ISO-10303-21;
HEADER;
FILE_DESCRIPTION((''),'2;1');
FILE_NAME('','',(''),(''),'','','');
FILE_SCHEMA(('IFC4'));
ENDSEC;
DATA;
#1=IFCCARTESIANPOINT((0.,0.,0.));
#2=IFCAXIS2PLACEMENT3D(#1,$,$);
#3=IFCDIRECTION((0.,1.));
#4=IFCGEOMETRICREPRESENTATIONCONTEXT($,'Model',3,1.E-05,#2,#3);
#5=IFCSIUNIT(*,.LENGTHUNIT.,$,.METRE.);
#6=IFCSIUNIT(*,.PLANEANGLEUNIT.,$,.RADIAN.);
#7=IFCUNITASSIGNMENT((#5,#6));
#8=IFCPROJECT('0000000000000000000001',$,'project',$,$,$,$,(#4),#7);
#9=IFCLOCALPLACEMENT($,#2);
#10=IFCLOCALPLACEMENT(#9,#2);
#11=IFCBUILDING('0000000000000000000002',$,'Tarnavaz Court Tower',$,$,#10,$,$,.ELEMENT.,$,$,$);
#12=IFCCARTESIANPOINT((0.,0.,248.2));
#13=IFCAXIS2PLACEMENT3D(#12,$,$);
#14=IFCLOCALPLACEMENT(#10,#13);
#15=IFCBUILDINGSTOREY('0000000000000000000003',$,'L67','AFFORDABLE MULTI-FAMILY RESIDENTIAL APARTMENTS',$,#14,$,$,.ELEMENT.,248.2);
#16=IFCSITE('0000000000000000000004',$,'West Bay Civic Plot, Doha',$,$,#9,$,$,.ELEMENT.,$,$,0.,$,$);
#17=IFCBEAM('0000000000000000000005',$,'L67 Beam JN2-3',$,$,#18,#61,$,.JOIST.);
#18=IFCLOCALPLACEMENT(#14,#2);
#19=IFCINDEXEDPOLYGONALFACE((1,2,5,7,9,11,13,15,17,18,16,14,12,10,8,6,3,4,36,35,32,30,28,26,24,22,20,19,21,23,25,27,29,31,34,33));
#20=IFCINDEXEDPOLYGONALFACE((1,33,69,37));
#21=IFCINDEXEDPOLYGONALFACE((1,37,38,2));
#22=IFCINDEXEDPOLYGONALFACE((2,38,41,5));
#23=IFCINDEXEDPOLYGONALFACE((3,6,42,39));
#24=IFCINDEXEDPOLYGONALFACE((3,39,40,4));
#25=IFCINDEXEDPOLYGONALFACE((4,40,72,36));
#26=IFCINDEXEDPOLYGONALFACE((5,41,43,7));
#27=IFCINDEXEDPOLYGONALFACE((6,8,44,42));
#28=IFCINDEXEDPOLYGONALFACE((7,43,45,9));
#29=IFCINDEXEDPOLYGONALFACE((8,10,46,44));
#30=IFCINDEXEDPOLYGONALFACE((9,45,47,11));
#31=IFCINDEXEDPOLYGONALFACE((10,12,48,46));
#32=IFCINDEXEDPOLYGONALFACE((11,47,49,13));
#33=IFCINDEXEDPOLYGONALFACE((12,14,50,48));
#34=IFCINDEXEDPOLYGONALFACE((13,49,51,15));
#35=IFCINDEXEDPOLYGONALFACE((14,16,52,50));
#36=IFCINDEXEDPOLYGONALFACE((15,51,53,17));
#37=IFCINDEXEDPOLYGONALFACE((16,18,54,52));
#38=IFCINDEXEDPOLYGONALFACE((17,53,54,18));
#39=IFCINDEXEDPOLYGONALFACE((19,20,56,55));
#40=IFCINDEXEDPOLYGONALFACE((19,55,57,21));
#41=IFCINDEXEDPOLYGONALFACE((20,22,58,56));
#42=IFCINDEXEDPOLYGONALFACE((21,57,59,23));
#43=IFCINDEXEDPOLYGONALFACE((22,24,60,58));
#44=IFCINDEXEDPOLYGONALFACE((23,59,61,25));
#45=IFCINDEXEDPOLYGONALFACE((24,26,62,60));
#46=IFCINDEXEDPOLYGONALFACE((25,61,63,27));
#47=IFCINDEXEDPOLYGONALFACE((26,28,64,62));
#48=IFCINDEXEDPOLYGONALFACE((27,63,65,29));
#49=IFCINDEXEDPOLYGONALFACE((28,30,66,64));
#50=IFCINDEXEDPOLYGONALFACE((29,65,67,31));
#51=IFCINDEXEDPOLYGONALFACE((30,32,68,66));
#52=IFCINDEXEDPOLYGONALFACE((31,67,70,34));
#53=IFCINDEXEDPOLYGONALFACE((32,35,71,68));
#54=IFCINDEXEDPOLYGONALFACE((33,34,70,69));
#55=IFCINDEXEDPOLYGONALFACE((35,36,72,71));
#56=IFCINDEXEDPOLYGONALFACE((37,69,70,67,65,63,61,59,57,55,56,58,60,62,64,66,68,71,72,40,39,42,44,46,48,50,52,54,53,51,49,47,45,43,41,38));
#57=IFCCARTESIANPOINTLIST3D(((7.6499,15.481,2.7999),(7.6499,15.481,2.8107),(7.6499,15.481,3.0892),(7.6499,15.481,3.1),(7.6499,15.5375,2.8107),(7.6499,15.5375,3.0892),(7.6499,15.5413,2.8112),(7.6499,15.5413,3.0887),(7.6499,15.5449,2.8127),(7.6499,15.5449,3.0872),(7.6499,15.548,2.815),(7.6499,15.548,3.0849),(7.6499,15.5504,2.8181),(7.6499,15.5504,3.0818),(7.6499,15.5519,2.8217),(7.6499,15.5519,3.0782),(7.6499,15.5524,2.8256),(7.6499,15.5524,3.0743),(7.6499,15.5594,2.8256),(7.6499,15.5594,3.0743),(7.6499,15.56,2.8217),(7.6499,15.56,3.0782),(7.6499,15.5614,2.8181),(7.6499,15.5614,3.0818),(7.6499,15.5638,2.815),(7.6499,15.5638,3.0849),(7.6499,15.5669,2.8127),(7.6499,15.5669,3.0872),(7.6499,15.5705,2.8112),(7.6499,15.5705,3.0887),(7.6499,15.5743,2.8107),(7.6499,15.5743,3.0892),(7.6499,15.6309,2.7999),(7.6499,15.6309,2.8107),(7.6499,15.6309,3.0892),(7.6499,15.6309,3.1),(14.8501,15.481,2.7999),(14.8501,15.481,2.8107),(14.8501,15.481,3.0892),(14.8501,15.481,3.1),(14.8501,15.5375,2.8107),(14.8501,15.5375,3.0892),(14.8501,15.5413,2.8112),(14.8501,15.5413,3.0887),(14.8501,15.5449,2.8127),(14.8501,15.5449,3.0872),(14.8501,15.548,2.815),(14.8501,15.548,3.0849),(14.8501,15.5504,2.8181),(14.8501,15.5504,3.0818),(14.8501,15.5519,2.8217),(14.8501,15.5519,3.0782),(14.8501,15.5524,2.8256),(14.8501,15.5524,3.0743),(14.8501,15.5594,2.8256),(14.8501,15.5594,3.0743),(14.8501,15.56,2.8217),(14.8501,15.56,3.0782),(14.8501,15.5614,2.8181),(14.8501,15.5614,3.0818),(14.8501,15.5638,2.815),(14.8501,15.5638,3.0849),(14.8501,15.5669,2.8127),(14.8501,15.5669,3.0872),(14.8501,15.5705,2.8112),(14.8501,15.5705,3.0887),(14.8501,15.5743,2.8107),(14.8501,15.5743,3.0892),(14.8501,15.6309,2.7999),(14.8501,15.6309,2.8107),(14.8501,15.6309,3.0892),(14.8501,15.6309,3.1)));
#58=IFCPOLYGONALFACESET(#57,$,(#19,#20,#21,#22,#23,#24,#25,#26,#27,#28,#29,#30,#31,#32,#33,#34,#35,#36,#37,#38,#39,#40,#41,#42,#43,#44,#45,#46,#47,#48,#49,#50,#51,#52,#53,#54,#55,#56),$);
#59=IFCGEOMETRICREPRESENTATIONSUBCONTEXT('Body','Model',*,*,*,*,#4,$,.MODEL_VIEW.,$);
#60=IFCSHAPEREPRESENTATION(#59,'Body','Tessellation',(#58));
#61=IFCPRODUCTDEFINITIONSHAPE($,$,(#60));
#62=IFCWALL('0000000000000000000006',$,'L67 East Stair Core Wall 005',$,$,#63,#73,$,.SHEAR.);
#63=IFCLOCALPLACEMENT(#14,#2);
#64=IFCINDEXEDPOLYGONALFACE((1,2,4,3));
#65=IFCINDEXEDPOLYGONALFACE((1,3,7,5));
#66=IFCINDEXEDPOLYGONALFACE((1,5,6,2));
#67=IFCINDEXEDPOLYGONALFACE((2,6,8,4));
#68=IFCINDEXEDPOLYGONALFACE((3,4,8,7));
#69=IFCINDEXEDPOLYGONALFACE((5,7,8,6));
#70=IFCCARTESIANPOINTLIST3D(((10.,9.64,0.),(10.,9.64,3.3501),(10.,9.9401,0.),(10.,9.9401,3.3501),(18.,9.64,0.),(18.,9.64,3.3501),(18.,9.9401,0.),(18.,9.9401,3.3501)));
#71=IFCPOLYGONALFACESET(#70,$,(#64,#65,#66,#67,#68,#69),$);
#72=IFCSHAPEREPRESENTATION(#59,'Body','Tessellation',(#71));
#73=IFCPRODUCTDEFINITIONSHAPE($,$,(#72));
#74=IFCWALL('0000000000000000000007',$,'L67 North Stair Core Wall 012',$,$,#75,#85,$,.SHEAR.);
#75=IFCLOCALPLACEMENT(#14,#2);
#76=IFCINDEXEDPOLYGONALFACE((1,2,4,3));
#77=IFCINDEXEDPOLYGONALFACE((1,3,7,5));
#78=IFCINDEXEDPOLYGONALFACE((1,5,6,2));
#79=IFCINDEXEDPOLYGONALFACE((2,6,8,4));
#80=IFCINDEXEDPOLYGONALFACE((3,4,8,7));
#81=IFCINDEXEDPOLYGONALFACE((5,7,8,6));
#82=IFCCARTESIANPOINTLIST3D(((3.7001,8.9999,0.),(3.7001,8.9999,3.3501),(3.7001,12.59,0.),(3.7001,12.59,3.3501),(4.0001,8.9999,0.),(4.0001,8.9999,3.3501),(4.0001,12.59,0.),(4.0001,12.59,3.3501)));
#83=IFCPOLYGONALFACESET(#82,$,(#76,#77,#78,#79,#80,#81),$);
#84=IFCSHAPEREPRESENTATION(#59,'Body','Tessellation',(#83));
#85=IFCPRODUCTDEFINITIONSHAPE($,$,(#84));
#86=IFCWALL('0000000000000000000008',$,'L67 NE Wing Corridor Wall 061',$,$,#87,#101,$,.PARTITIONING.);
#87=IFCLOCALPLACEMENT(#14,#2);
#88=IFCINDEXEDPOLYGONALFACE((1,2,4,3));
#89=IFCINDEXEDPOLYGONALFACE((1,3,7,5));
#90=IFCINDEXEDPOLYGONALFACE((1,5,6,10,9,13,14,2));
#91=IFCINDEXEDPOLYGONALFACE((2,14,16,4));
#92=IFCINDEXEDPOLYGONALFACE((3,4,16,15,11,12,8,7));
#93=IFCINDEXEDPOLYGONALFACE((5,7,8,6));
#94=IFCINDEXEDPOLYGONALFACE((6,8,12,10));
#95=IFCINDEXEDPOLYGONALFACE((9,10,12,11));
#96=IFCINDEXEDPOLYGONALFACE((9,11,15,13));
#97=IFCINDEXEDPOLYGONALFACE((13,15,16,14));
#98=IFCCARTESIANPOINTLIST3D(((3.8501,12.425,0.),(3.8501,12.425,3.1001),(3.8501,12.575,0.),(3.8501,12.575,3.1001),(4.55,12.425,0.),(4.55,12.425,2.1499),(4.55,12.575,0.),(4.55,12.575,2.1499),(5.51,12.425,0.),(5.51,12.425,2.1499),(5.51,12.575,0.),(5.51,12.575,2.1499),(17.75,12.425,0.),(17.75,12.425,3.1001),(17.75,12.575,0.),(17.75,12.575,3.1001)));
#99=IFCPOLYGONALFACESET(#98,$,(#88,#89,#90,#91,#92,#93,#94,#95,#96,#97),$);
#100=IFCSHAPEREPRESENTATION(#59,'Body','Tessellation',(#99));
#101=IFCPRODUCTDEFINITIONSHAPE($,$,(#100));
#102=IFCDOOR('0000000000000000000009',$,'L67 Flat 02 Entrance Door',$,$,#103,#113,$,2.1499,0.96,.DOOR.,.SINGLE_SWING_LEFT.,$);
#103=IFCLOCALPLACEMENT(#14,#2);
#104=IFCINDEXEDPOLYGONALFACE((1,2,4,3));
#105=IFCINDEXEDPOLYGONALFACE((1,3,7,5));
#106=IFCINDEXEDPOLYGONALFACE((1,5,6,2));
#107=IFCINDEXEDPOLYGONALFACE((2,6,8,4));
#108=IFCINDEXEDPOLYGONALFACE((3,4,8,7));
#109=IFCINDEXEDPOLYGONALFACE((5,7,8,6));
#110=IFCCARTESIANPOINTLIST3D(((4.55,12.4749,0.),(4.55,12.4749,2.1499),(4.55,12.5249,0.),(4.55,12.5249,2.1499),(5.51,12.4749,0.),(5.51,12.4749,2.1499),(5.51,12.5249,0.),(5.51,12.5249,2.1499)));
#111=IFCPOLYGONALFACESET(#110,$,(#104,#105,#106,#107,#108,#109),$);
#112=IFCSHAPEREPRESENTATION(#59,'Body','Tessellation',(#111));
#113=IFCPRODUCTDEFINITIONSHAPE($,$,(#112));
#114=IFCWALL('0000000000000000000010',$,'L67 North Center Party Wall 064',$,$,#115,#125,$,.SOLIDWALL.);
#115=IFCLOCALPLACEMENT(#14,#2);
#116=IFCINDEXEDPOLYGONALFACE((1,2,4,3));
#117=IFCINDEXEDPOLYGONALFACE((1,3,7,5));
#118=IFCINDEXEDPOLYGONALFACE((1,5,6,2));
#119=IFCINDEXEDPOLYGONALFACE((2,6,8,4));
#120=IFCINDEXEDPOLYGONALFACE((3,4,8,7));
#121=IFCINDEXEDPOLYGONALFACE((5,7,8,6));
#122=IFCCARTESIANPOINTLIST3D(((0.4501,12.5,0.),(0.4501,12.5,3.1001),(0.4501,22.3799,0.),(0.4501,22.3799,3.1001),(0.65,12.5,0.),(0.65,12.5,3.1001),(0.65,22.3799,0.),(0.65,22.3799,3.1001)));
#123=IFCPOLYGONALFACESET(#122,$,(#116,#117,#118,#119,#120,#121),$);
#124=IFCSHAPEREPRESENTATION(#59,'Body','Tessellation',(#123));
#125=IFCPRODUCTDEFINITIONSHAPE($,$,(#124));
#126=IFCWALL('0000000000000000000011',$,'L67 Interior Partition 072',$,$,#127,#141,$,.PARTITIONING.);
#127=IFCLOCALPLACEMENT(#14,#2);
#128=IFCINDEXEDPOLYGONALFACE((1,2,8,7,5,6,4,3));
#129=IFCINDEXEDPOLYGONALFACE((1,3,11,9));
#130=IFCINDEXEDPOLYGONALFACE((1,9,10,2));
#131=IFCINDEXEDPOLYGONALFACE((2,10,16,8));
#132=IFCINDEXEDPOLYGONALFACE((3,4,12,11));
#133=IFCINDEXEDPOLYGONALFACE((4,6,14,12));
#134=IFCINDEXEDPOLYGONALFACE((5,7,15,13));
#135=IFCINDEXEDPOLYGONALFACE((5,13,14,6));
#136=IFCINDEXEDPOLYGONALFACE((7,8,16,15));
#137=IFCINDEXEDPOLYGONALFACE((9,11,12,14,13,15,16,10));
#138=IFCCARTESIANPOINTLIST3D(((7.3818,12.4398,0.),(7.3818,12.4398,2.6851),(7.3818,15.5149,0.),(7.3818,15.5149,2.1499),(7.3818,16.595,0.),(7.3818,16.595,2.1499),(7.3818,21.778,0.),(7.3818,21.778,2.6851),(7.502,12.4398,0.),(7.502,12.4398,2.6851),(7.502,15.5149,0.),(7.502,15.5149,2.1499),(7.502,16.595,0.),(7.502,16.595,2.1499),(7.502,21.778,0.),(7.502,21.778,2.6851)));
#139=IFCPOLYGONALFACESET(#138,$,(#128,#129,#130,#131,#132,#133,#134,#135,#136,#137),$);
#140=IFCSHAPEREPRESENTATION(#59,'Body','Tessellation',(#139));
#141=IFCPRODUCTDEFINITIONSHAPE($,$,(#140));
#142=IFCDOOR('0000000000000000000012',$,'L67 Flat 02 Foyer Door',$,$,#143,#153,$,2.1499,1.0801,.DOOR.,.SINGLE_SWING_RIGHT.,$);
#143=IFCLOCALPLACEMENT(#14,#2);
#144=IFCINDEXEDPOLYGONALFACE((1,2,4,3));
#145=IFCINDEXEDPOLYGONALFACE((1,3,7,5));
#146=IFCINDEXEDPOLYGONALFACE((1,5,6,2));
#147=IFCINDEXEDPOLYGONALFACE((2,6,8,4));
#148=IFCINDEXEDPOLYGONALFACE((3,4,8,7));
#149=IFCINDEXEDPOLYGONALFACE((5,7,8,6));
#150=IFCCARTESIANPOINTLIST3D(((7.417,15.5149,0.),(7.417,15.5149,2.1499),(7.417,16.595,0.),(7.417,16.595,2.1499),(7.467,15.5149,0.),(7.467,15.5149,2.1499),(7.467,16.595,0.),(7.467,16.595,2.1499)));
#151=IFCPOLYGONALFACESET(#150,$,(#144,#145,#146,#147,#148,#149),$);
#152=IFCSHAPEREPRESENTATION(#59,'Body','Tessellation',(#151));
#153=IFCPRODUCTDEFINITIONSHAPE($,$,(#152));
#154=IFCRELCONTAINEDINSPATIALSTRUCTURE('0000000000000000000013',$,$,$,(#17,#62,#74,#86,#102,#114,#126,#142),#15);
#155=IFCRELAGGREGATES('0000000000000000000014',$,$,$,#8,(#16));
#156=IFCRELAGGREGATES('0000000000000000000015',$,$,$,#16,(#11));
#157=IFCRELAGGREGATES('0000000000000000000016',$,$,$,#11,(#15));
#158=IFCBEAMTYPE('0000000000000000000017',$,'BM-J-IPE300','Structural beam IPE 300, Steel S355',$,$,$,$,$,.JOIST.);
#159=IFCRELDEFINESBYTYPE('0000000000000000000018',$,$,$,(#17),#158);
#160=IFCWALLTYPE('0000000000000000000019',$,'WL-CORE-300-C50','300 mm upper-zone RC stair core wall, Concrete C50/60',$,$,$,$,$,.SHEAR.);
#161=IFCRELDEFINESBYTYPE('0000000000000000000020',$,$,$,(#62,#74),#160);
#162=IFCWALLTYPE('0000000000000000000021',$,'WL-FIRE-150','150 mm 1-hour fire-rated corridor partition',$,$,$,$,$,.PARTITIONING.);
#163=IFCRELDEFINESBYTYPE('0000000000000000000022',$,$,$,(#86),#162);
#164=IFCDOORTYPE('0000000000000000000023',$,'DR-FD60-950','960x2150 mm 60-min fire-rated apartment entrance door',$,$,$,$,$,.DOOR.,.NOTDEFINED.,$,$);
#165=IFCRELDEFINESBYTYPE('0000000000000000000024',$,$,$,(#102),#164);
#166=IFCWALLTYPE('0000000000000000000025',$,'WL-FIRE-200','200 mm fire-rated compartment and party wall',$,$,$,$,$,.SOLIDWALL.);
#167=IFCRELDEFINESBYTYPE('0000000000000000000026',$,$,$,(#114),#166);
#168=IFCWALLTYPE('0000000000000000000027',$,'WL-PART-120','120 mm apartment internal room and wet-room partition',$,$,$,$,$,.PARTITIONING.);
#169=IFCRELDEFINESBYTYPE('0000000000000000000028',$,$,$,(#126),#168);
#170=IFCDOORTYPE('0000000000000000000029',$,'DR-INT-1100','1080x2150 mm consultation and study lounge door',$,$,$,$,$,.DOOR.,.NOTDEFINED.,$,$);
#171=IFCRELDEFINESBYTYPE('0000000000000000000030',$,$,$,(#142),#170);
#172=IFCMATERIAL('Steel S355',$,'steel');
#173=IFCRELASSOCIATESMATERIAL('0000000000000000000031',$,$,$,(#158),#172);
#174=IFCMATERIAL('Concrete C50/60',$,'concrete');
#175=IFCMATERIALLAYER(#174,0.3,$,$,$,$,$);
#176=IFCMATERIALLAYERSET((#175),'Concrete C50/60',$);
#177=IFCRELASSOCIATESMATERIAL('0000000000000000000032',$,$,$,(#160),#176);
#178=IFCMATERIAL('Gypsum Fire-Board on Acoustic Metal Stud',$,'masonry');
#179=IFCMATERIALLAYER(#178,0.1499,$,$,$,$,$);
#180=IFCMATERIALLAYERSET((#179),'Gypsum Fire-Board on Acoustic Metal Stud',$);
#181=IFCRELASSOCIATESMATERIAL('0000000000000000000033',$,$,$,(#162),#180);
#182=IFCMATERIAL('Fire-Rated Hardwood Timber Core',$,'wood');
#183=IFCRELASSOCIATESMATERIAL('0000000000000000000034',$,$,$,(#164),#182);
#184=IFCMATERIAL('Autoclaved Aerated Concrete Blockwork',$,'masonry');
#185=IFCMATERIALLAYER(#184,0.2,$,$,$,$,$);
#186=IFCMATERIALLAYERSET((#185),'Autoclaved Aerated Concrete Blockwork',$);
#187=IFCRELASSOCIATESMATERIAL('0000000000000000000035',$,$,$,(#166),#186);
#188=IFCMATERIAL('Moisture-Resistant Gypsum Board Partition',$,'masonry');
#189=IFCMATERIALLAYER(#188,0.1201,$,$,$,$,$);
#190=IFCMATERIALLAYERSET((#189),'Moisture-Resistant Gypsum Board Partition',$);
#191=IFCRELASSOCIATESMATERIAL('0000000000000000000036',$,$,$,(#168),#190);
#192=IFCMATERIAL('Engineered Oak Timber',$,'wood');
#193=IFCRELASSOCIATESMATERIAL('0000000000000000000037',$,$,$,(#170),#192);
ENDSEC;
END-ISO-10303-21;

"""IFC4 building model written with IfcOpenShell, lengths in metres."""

from ifc_helpers import new_model, si_unit, direction, frame, frame_2d, origin, origin_2d, place, context, subcontext, project, spatial, rectangle, i_section, extrude, material, layer, layer_set, material_profile, profile_set, type_object, element, fill, save


model = new_model("IFC4")

# Units and contexts
model_context = context("Model", 3, precision=1e-05, world=origin(), true_north=direction((0.0, 1.0)))
body_context = subcontext(model_context, "Body", "Model", "MODEL_VIEW")
ifc_project = project(units=[si_unit("LENGTHUNIT", "METRE"), si_unit("PLANEANGLEUNIT", "RADIAN")], contexts=[model_context])

# Site, building, storey
site_placement = place(None, origin())
site = spatial("IfcSite", under=ifc_project, at=site_placement, Name="West Bay Civic Plot, Doha", CompositionType="ELEMENT", RefElevation=0.0)
building_placement = place(site_placement, origin())
building = spatial("IfcBuilding", under=site, at=building_placement, Name="Tarnavaz Court Tower", CompositionType="ELEMENT")
storey_placement = place(building_placement, frame((0.0, 0.0, 248.2)))
storey = spatial("IfcBuildingStorey", under=building, at=storey_placement, Name="L67", Description="AFFORDABLE MULTI-FAMILY RESIDENTIAL APARTMENTS", CompositionType="ELEMENT", Elevation=248.2)

# Shared definitions
ifc_material_1 = material(Name="Concrete C50/60", Category="concrete")

# Beam
ifc_material_2 = material(Name="Steel S355", Category="steel")
ifc_material_profile_1 = material_profile(ifc_material_2, i_section(OverallWidth=0.1499, OverallDepth=0.3, WebThickness=0.0071, FlangeThickness=0.0107, FilletRadius=0.0149, at=origin_2d()), Name="IPE 300")
ifc_profile_set_1 = profile_set([ifc_material_profile_1], Name="Steel S355")
beam_type_1 = type_object("IfcBeamType", Name="BM-J-IPE300", Description="Structural beam IPE 300, Steel S355", PredefinedType="JOIST", material=ifc_profile_set_1)
for number, where, z_axis, x_axis, name in (
    (1, (7.6499, 15.5559, 2.95), (1.0, 0.0, 0.0), (0.0, 1.0, 0.0), "L67 Beam JN2-3"),
):
    element("IfcBeam", number, at=place(storey_placement, frame(where, z_axis=z_axis, x_axis=x_axis)), inside=storey, type_object=beam_type_1, Name=name, PredefinedType="JOIST", context=body_context, shape_type="SweptSolid", body=[
        extrude(i_section(OverallWidth=0.1499, OverallDepth=0.3, WebThickness=0.0071, FlangeThickness=0.0107, FilletRadius=0.0149, at=origin_2d()), origin(), (0.0, 0.0, 1.0), 7.2002),
    ])

# Wall
ifc_layer_1 = layer(ifc_material_1, 0.3)
ifc_layer_set_1 = layer_set([ifc_layer_1], Name="Concrete C50/60")
wall_type_1 = type_object("IfcWallType", Name="WL-CORE-300-C50", Description="300 mm upper-zone RC stair core wall, Concrete C50/60", PredefinedType="SHEAR", material=ifc_layer_set_1)
wall_1_placement = place(storey_placement, frame((10.0, 9.79, 0.0), z_axis=(0.0, 0.0, 1.0), x_axis=(1.0, 0.0, 0.0)))
element("IfcWall", 2, at=wall_1_placement, inside=storey, type_object=wall_type_1, Name="L67 East Stair Core Wall 005", PredefinedType="SHEAR", context=body_context, shape_type="SweptSolid", body=[
    extrude(rectangle(XDim=8.0, YDim=0.3, at=frame_2d((4.0, 0.0))), origin(), (0.0, 0.0, 1.0), 3.3501),
])

# Shared definitions
ifc_material_3 = material(Name="Fire-Rated Hardwood Timber Core", Category="wood")

# Wall
wall_2_placement = place(storey_placement, frame((3.8501, 9.0, 0.0), z_axis=(0.0, 0.0, 1.0), x_axis=(0.0, 1.0, 0.0)))
element("IfcWall", 3, at=wall_2_placement, inside=storey, type_object=wall_type_1, Name="L67 North Stair Core Wall 012", PredefinedType="SHEAR", context=body_context, shape_type="SweptSolid", body=[
    extrude(rectangle(XDim=3.5901, YDim=0.3, at=frame_2d((1.7949, 0.0))), origin(), (0.0, 0.0, 1.0), 3.3501),
])

# Wall, opening, door
ifc_material_4 = material(Name="Gypsum Fire-Board on Acoustic Metal Stud", Category="masonry")
ifc_layer_2 = layer(ifc_material_4, 0.1499)
ifc_layer_set_2 = layer_set([ifc_layer_2], Name="Gypsum Fire-Board on Acoustic Metal Stud")
wall_type_2 = type_object("IfcWallType", Name="WL-FIRE-150", Description="150 mm 1-hour fire-rated corridor partition", PredefinedType="PARTITIONING", material=ifc_layer_set_2)
wall_3_placement = place(storey_placement, frame((3.8501, 12.5, 0.0), z_axis=(0.0, 0.0, 1.0), x_axis=(1.0, 0.0, 0.0)))
wall_3 = element("IfcWall", 4, at=wall_3_placement, inside=storey, type_object=wall_type_2, Name="L67 NE Wing Corridor Wall 061", PredefinedType="PARTITIONING", context=body_context, shape_type="SweptSolid", body=[
    extrude(rectangle(XDim=13.8999, YDim=0.1499, at=frame_2d((6.95, 0.0))), origin(), (0.0, 0.0, 1.0), 3.1001),
])
opening_1_placement = place(wall_3_placement, frame((0.7, 0.0, 0.0)))
opening_1 = element("IfcOpeningElement", 5, at=opening_1_placement, cuts=wall_3, PredefinedType="OPENING", context=body_context, shape_type="SweptSolid", body=[
    extrude(rectangle(XDim=0.96, YDim=2.1499, at=frame_2d((0.48, 1.075))), frame((0.0, 0.085, 0.0), z_axis=(0.0, -1.0, 0.0), x_axis=(1.0, 0.0, 0.0)), (0.0, 0.0, 1.0), 0.1699),
])
door_type_1 = type_object("IfcDoorType", Name="DR-FD60-950", Description="960x2150 mm 60-min fire-rated apartment entrance door", OperationType="NOTDEFINED", PredefinedType="DOOR", material=ifc_material_3)
door_1_placement = place(opening_1_placement, origin())
door_1 = element("IfcDoor", 6, at=door_1_placement, inside=storey, type_object=door_type_1, Name="L67 Flat 02 Entrance Door", OperationType="SINGLE_SWING_LEFT", OverallHeight=2.1499, OverallWidth=0.96, PredefinedType="DOOR", context=body_context, shape_type="SweptSolid", body=[
    extrude(rectangle(XDim=0.96, YDim=2.1499, at=frame_2d((0.48, 1.075))), frame((0.0, 0.0249, 0.0), z_axis=(0.0, -1.0, 0.0), x_axis=(1.0, 0.0, 0.0)), (0.0, 0.0, 1.0), 0.05),
])
fill(opening_1, door_1)

# Wall
ifc_material_5 = material(Name="Autoclaved Aerated Concrete Blockwork", Category="masonry")
ifc_layer_3 = layer(ifc_material_5, 0.2)
ifc_layer_set_3 = layer_set([ifc_layer_3], Name="Autoclaved Aerated Concrete Blockwork")
wall_type_3 = type_object("IfcWallType", Name="WL-FIRE-200", Description="200 mm fire-rated compartment and party wall", PredefinedType="SOLIDWALL", material=ifc_layer_set_3)
wall_4_placement = place(storey_placement, frame((0.55, 12.5, 0.0), z_axis=(0.0, 0.0, 1.0), x_axis=(0.0, 1.0, 0.0)))
element("IfcWall", 7, at=wall_4_placement, inside=storey, type_object=wall_type_3, Name="L67 North Center Party Wall 064", PredefinedType="SOLIDWALL", context=body_context, shape_type="SweptSolid", body=[
    extrude(rectangle(XDim=9.8799, YDim=0.2, at=frame_2d((4.9399, 0.0))), origin(), (0.0, 0.0, 1.0), 3.1001),
])

# Wall, opening, door
ifc_material_6 = material(Name="Moisture-Resistant Gypsum Board Partition", Category="masonry")
ifc_layer_4 = layer(ifc_material_6, 0.1201)
ifc_layer_set_4 = layer_set([ifc_layer_4], Name="Moisture-Resistant Gypsum Board Partition")
wall_type_4 = type_object("IfcWallType", Name="WL-PART-120", Description="120 mm apartment internal room and wet-room partition", PredefinedType="PARTITIONING", material=ifc_layer_set_4)
wall_5_placement = place(storey_placement, frame((7.4419, 12.4399, 0.0), z_axis=(0.0, 0.0, 1.0), x_axis=(0.0, 1.0, 0.0)))
wall_5 = element("IfcWall", 8, at=wall_5_placement, inside=storey, type_object=wall_type_4, Name="L67 Interior Partition 072", PredefinedType="PARTITIONING", context=body_context, shape_type="SweptSolid", body=[
    extrude(rectangle(XDim=9.3381, YDim=0.1201, at=frame_2d((4.6689, 0.0))), origin(), (0.0, 0.0, 1.0), 2.6851),
])
opening_2_placement = place(wall_5_placement, frame((3.075, 0.0, 0.0)))
opening_2 = element("IfcOpeningElement", 9, at=opening_2_placement, cuts=wall_5, PredefinedType="OPENING", context=body_context, shape_type="SweptSolid", body=[
    extrude(rectangle(XDim=1.0801, YDim=2.1499, at=frame_2d((0.54, 1.075))), frame((0.0, 0.0701, 0.0), z_axis=(0.0, -1.0, 0.0), x_axis=(1.0, 0.0, 0.0)), (0.0, 0.0, 1.0), 0.1401),
])
ifc_material_7 = material(Name="Engineered Oak Timber", Category="wood")
door_type_2 = type_object("IfcDoorType", Name="DR-INT-1100", Description="1080x2150 mm consultation and study lounge door", OperationType="NOTDEFINED", PredefinedType="DOOR", material=ifc_material_7)
door_2_placement = place(opening_2_placement, origin())
door_2 = element("IfcDoor", 10, at=door_2_placement, inside=storey, type_object=door_type_2, Name="L67 Flat 02 Foyer Door", OperationType="SINGLE_SWING_RIGHT", OverallHeight=2.1499, OverallWidth=1.0801, PredefinedType="DOOR", context=body_context, shape_type="SweptSolid", body=[
    extrude(rectangle(XDim=1.0801, YDim=2.1499, at=frame_2d((0.54, 1.075))), frame((0.0, 0.0249, 0.0), z_axis=(0.0, -1.0, 0.0), x_axis=(1.0, 0.0, 0.0)), (0.0, 0.0, 1.0), 0.05),
])
fill(opening_2, door_2)

save(model, "model.ifc")
